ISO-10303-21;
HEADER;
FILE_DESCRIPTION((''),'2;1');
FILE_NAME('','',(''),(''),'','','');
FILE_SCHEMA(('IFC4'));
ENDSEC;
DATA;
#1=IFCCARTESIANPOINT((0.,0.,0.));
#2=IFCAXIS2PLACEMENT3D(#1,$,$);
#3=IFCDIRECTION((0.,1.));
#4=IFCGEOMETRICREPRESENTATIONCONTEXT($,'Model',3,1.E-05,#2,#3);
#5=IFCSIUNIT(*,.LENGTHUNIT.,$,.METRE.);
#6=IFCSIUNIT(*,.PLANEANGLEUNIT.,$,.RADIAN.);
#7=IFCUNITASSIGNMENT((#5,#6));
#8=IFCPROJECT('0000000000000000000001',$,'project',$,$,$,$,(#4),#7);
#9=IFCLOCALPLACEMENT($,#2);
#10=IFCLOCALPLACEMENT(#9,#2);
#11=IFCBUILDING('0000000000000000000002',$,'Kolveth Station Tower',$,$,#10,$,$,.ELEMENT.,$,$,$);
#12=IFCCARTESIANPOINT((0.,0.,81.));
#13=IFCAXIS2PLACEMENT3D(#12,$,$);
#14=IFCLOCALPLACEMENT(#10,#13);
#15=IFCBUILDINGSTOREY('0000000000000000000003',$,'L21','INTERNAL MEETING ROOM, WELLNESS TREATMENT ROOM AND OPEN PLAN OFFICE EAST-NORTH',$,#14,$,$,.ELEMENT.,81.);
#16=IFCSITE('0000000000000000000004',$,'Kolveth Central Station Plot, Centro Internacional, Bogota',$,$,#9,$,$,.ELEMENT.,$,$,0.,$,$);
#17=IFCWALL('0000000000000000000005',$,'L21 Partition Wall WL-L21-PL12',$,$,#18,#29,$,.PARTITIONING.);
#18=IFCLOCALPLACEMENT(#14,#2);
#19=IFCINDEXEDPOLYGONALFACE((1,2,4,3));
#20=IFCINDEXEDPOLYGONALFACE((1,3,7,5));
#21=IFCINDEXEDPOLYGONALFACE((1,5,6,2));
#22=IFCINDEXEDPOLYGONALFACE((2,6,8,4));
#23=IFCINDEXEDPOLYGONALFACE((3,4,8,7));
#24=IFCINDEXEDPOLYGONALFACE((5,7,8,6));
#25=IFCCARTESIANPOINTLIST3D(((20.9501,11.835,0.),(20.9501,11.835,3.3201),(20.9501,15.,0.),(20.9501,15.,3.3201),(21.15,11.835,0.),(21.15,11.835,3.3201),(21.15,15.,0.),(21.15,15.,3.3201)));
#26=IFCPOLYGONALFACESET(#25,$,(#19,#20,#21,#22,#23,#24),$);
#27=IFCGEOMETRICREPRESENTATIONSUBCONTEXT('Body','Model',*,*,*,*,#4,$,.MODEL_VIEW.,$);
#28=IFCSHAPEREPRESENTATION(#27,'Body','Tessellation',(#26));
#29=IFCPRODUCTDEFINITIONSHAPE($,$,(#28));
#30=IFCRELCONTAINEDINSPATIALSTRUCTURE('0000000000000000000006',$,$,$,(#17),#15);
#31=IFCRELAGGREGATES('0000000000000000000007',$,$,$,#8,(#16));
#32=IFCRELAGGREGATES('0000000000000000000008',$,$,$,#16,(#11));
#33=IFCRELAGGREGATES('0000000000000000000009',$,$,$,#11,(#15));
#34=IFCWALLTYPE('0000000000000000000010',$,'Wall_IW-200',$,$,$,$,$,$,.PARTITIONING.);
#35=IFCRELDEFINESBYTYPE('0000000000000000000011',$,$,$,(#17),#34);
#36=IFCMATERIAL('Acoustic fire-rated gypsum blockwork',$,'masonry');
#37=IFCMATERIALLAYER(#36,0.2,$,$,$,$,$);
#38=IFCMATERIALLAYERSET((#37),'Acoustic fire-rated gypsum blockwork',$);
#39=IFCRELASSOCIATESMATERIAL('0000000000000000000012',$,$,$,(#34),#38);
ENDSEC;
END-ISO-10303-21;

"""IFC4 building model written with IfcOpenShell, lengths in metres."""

from ifc_helpers import new_model, si_unit, direction, frame, frame_2d, origin, place, context, subcontext, project, spatial, rectangle, extrude, material, layer, layer_set, type_object, element, save


model = new_model("IFC4")

# Units and contexts
model_context = context("Model", 3, precision=1e-05, world=origin(), true_north=direction((0.0, 1.0)))
body_context = subcontext(model_context, "Body", "Model", "MODEL_VIEW")
ifc_project = project(units=[si_unit("LENGTHUNIT", "METRE"), si_unit("PLANEANGLEUNIT", "RADIAN")], contexts=[model_context])

# Site, building, storey
site_placement = place(None, origin())
site = spatial("IfcSite", under=ifc_project, at=site_placement, Name="Kolveth Central Station Plot, Centro Internacional, Bogota", CompositionType="ELEMENT", RefElevation=0.0)
building_placement = place(site_placement, origin())
building = spatial("IfcBuilding", under=site, at=building_placement, Name="Kolveth Station Tower", CompositionType="ELEMENT")
storey_placement = place(building_placement, frame((0.0, 0.0, 81.0)))
storey = spatial("IfcBuildingStorey", under=building, at=storey_placement, Name="L21", Description="INTERNAL MEETING ROOM, WELLNESS TREATMENT ROOM AND OPEN PLAN OFFICE EAST-NORTH", CompositionType="ELEMENT", Elevation=81.0)

# Shared definitions
ifc_material_1 = material(Name="Acoustic fire-rated gypsum blockwork", Category="masonry")
ifc_layer_1 = layer(ifc_material_1, 0.2)
ifc_layer_set_1 = layer_set([ifc_layer_1], Name="Acoustic fire-rated gypsum blockwork")
wall_type_1 = type_object("IfcWallType", Name="Wall_IW-200", PredefinedType="PARTITIONING", material=ifc_layer_set_1)

# Wall
wall_1_placement = place(storey_placement, frame((21.05, 11.835, 0.0), z_axis=(0.0, 0.0, 1.0), x_axis=(0.0, 1.0, 0.0)))
element("IfcWall", 1, at=wall_1_placement, inside=storey, type_object=wall_type_1, Name="L21 Partition Wall WL-L21-PL12", PredefinedType="PARTITIONING", context=body_context, shape_type="SweptSolid", body=[
    extrude(rectangle(XDim=3.165, YDim=0.2, at=frame_2d((1.5825, 0.0))), origin(), (0.0, 0.0, 1.0), 3.3201),
])

save(model, "model.ifc")
